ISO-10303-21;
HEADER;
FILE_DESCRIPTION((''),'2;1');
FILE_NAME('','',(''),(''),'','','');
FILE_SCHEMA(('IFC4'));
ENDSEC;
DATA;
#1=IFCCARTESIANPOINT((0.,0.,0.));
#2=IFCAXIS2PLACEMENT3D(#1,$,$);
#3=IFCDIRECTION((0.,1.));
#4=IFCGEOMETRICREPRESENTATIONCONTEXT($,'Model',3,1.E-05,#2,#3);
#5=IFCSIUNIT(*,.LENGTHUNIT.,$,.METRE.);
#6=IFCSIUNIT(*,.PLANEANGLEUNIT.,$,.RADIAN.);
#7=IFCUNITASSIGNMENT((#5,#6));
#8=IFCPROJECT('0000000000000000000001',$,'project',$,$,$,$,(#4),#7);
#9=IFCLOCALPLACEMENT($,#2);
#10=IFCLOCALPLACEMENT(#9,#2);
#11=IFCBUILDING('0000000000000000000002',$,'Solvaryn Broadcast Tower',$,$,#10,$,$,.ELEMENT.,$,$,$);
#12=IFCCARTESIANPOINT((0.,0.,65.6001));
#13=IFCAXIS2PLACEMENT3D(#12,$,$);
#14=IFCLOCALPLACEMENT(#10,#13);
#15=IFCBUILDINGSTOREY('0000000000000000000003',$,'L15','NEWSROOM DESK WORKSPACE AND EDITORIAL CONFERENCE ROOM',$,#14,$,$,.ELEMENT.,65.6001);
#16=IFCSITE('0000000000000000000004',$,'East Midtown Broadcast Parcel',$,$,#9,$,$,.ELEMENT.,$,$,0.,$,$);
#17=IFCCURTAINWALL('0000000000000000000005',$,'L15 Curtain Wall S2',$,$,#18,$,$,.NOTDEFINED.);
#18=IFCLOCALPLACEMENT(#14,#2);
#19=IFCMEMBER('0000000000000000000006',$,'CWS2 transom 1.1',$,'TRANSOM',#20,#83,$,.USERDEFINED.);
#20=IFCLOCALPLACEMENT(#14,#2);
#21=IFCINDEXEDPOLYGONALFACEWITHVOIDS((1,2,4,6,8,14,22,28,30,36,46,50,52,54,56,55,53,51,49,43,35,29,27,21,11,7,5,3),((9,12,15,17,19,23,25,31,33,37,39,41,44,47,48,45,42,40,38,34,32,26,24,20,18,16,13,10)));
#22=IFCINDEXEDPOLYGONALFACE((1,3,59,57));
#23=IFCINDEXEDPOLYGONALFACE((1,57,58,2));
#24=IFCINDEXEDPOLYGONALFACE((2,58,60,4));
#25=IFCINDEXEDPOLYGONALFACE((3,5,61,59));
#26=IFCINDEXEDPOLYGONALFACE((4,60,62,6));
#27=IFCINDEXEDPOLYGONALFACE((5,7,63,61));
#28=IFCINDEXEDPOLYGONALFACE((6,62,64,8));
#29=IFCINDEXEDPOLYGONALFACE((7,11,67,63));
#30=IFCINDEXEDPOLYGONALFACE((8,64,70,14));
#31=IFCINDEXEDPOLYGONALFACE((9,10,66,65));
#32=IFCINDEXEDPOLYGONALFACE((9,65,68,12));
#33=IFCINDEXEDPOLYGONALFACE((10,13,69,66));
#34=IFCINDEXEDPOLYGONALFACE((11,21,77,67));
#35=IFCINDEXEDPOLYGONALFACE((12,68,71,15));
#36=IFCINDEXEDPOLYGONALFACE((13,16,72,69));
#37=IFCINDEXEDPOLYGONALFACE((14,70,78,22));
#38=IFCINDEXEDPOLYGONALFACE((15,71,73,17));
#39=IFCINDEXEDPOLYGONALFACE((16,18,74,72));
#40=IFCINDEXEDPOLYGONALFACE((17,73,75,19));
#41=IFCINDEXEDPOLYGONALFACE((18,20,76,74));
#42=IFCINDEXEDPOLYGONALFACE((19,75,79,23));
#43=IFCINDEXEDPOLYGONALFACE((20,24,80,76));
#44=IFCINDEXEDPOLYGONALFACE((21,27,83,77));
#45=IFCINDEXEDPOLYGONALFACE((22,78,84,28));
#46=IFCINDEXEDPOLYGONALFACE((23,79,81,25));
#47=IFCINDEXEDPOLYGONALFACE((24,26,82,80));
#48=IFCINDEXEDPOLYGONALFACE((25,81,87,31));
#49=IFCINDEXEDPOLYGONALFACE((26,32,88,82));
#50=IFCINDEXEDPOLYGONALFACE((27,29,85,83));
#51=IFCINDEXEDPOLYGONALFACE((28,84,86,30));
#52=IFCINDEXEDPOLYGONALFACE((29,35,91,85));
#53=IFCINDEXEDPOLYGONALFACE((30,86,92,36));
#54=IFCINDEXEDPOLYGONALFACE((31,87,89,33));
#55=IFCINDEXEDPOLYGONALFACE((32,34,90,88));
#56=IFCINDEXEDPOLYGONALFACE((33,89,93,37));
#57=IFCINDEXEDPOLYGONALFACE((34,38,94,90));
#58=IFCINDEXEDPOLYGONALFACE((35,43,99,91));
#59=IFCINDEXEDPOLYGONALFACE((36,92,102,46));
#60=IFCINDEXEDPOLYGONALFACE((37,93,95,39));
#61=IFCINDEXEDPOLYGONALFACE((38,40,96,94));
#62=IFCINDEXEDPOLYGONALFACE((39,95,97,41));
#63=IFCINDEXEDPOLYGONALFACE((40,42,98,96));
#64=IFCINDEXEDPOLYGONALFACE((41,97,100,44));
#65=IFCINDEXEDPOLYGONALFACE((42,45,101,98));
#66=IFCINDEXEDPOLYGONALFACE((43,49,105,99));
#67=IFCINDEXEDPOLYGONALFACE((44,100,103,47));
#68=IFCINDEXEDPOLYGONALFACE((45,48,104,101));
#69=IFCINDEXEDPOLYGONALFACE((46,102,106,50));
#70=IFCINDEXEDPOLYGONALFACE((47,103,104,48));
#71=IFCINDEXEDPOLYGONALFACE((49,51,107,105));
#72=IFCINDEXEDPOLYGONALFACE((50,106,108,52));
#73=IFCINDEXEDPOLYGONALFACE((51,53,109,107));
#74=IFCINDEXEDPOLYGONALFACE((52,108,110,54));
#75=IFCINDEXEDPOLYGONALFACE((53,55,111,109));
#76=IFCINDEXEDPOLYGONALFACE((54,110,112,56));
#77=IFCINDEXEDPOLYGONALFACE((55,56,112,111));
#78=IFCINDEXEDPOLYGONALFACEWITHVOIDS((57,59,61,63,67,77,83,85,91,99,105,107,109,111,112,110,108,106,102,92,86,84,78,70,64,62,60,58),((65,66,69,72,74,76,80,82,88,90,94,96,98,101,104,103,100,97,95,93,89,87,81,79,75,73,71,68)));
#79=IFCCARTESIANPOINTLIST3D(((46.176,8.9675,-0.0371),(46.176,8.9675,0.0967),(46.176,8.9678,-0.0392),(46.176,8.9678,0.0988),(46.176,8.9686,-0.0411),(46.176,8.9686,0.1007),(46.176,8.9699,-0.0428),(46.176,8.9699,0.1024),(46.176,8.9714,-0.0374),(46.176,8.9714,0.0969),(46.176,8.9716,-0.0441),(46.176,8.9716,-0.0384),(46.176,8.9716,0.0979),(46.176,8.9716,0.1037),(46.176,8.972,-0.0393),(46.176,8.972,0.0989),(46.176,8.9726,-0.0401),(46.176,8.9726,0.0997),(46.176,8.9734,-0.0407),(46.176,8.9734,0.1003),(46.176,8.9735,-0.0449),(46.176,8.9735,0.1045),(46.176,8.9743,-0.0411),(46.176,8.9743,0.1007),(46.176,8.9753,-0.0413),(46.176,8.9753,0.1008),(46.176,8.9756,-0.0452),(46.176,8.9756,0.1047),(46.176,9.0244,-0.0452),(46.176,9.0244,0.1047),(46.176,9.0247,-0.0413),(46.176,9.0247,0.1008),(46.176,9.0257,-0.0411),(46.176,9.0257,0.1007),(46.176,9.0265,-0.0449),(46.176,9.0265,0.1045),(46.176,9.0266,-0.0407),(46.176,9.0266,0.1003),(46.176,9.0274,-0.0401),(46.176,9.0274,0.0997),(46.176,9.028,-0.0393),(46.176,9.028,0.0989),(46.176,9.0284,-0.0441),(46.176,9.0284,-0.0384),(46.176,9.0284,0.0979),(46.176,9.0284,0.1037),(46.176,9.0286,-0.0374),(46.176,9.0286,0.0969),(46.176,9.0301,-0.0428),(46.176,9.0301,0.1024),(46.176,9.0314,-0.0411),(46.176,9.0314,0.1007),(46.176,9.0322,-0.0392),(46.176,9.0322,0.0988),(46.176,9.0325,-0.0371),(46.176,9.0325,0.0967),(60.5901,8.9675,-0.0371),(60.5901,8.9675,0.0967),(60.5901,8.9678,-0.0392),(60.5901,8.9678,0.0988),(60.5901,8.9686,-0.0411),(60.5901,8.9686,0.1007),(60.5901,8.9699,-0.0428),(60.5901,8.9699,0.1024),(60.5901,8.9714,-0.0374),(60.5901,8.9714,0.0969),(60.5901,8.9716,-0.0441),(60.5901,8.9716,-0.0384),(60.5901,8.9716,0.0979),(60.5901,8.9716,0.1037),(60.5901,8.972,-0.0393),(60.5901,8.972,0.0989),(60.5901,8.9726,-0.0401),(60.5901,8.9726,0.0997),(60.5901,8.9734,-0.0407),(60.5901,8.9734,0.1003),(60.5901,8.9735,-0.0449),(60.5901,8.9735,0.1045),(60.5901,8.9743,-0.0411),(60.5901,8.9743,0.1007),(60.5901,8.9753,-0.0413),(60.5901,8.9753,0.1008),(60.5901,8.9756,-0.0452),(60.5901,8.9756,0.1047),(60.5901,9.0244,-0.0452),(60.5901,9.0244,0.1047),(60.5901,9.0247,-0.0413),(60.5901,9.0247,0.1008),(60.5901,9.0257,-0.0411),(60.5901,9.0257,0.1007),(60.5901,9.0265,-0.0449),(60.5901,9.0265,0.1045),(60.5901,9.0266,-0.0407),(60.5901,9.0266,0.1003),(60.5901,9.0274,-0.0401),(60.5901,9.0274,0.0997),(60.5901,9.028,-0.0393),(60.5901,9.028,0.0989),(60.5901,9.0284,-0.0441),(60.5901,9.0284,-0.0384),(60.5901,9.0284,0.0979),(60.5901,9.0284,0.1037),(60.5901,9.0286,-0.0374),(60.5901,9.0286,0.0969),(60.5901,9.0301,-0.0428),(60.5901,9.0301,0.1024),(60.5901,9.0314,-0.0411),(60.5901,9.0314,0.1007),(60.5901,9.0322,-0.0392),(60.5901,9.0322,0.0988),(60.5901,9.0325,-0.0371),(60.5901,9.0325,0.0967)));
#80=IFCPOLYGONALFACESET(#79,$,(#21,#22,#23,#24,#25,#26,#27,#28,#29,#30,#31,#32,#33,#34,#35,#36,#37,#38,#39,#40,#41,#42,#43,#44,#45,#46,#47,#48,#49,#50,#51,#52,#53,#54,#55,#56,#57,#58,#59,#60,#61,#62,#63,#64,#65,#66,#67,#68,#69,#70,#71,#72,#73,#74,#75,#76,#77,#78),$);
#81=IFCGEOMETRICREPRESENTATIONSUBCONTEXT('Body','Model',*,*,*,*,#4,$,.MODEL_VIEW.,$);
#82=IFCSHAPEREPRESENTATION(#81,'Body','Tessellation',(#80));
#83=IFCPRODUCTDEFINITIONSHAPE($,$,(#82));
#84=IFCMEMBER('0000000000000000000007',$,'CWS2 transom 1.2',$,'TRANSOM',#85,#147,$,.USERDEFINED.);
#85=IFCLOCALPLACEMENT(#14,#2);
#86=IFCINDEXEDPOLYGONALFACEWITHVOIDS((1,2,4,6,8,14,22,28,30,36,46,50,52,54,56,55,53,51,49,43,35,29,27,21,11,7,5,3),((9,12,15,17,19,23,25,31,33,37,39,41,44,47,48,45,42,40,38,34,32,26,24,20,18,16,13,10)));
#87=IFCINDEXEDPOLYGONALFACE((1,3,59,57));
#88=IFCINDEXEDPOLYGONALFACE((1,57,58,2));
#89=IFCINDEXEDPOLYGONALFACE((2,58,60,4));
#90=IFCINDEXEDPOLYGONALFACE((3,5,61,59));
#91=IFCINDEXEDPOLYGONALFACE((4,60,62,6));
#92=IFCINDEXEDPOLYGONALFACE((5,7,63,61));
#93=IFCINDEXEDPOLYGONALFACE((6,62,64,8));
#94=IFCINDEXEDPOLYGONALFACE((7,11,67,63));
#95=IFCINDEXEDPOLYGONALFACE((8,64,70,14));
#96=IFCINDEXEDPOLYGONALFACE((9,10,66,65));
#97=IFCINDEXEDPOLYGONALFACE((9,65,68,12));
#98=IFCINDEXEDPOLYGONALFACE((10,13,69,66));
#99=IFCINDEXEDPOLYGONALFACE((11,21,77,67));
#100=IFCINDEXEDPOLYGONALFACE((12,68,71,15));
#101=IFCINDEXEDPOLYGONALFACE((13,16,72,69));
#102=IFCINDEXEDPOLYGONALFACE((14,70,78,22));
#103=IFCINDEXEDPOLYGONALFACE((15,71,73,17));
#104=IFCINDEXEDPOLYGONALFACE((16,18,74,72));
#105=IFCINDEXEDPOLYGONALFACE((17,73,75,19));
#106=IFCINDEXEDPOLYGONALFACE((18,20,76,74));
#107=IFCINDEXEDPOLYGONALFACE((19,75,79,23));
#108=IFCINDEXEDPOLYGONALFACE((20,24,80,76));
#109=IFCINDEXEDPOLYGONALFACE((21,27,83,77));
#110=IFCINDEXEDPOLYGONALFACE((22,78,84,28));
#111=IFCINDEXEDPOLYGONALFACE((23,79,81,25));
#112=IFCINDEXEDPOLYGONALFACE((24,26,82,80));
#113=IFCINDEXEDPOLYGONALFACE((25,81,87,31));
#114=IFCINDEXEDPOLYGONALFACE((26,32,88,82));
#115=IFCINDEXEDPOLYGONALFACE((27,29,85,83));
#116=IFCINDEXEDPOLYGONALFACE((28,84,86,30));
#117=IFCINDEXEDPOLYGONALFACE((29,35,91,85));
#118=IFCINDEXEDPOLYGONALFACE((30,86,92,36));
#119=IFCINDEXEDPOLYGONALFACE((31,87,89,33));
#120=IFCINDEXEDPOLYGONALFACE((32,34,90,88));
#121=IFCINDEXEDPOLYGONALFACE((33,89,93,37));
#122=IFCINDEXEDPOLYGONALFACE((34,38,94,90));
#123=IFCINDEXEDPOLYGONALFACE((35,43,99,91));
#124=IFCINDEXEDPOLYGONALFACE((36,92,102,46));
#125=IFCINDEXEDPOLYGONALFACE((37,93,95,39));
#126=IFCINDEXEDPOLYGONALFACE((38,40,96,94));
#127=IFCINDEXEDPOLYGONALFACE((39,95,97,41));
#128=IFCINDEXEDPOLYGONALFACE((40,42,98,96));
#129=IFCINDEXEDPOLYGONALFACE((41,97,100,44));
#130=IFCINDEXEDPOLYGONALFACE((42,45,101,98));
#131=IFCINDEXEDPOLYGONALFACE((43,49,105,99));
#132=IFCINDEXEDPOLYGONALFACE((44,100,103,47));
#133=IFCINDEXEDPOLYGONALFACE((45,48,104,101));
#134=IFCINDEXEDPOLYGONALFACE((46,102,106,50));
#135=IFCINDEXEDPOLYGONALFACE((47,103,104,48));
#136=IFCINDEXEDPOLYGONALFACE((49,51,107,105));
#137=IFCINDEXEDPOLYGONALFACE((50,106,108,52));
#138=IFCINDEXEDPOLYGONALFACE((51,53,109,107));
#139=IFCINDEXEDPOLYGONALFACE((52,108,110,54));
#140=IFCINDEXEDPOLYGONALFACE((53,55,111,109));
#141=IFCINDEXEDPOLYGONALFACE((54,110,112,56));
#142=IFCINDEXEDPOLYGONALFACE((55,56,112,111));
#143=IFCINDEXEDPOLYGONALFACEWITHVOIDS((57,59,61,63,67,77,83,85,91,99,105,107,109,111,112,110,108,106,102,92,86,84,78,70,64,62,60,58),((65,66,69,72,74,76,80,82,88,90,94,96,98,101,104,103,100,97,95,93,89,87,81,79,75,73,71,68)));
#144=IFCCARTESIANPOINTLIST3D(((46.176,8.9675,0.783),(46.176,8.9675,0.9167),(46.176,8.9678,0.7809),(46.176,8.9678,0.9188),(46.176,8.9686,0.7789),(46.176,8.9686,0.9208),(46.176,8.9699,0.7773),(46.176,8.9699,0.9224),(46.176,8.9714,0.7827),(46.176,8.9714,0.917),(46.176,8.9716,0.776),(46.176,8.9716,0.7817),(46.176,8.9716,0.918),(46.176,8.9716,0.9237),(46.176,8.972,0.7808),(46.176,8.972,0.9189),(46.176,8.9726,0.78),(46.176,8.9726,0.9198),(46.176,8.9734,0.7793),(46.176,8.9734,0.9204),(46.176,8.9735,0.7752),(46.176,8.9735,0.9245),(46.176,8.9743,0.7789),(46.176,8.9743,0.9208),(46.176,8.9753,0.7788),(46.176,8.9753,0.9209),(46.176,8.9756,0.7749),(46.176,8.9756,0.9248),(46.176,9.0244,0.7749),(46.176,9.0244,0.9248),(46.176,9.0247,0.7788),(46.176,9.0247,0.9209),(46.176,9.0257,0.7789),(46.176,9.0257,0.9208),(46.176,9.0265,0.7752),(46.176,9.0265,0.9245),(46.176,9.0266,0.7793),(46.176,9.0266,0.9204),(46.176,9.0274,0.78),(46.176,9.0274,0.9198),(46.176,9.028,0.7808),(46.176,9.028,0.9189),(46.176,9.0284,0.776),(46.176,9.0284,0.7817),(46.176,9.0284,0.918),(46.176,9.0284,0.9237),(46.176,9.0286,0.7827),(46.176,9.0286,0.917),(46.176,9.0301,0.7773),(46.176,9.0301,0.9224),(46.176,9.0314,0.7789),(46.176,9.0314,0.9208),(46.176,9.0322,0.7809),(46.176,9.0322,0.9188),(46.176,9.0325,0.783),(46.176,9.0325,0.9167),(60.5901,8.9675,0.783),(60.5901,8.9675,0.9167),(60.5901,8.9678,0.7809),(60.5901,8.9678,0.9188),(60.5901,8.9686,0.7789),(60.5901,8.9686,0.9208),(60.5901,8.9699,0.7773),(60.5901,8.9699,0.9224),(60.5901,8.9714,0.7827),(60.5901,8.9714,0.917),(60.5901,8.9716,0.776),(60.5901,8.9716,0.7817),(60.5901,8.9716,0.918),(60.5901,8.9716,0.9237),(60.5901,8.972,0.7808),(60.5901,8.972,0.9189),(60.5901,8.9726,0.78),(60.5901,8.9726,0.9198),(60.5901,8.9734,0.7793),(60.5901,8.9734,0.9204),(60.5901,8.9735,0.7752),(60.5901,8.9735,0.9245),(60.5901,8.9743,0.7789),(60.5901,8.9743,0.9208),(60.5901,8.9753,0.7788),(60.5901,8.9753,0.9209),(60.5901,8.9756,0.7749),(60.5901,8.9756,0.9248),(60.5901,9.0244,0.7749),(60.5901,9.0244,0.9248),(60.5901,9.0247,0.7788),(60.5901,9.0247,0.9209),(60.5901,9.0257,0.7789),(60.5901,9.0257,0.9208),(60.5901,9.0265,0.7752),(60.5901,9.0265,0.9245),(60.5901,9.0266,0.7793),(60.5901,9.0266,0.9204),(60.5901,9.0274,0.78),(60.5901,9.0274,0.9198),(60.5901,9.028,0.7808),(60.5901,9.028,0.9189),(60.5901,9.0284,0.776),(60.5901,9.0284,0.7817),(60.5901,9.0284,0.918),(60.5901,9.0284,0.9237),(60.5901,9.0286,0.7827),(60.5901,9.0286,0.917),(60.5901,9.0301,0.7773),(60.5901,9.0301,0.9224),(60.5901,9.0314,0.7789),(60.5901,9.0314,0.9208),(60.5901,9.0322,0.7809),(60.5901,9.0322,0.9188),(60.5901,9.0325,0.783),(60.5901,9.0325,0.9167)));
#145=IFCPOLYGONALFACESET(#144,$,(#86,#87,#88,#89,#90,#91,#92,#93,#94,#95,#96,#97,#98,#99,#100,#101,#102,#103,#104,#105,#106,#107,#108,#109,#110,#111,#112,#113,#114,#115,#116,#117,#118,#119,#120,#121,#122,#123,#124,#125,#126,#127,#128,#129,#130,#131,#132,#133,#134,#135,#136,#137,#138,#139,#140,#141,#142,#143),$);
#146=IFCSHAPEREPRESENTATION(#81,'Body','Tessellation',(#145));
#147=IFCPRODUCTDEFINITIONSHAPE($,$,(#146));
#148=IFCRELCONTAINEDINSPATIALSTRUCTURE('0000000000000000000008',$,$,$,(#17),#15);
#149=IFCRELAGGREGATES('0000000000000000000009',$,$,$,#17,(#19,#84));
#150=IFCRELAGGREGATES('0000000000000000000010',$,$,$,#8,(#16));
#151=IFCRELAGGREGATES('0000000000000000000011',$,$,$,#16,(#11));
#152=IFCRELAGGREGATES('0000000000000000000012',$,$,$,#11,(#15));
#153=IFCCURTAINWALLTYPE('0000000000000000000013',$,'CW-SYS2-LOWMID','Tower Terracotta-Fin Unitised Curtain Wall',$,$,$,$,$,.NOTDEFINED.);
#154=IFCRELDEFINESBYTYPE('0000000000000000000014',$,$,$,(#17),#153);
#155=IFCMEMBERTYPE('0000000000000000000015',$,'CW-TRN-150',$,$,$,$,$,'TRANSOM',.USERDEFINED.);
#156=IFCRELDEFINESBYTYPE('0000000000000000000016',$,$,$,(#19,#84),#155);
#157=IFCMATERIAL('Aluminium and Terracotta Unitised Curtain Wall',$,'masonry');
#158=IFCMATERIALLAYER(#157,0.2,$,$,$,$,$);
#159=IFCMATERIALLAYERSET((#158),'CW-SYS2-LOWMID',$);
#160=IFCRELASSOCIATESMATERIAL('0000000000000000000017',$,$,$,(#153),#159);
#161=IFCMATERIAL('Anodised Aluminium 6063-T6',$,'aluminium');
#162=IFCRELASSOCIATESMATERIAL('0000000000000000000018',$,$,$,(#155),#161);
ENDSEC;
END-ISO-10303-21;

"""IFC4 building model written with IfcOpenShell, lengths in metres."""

from ifc_helpers import new_model, si_unit, direction, frame, origin, origin_2d, place, context, subcontext, project, spatial, hollow_rectangle, extrude, material, layer, layer_set, material_profile, profile_set, type_object, element, aggregate, save


model = new_model("IFC4")

# Units and contexts
model_context = context("Model", 3, precision=1e-05, world=origin(), true_north=direction((0.0, 1.0)))
body_context = subcontext(model_context, "Body", "Model", "MODEL_VIEW")
ifc_project = project(units=[si_unit("LENGTHUNIT", "METRE"), si_unit("PLANEANGLEUNIT", "RADIAN")], contexts=[model_context])

# Site, building, storey
site_placement = place(None, origin())
site = spatial("IfcSite", under=ifc_project, at=site_placement, Name="East Midtown Broadcast Parcel", CompositionType="ELEMENT", RefElevation=0.0)
building_placement = place(site_placement, origin())
building = spatial("IfcBuilding", under=site, at=building_placement, Name="Solvaryn Broadcast Tower", CompositionType="ELEMENT")
storey_placement = place(building_placement, frame((0.0, 0.0, 65.6001)))
storey = spatial("IfcBuildingStorey", under=building, at=storey_placement, Name="L15", Description="NEWSROOM DESK WORKSPACE AND EDITORIAL CONFERENCE ROOM", CompositionType="ELEMENT", Elevation=65.6001)

# Shared definitions
ifc_material_1 = material(Name="Aluminium and Terracotta Unitised Curtain Wall", Category="masonry")
ifc_layer_1 = layer(ifc_material_1, 0.2)
ifc_layer_set_1 = layer_set([ifc_layer_1], Name="CW-SYS2-LOWMID")
curtain_wall_type = type_object("IfcCurtainWallType", Name="CW-SYS2-LOWMID", Description="Tower Terracotta-Fin Unitised Curtain Wall", PredefinedType="NOTDEFINED", material=ifc_layer_set_1)

# Curtain wall, members
curtain_wall_1_placement = place(storey_placement, origin())
curtain_wall_1 = element("IfcCurtainWall", 1, at=curtain_wall_1_placement, inside=storey, type_object=curtain_wall_type, Name="L15 Curtain Wall S2", PredefinedType="NOTDEFINED")
ifc_material_2 = material(Name="Anodised Aluminium 6063-T6", Category="aluminium")
ifc_material_profile_1 = material_profile(ifc_material_2, hollow_rectangle(XDim=0.0649, YDim=0.1499, WallThickness=0.0039, InnerFilletRadius=0.0039, OuterFilletRadius=0.0081, at=origin_2d()))
ifc_profile_set_1 = profile_set([ifc_material_profile_1], Name="Anodised Aluminium 6063-T6")
member_type_1 = type_object("IfcMemberType", Name="CW-TRN-150", ElementType="TRANSOM", PredefinedType="USERDEFINED", material=ifc_profile_set_1)
member_1_placement = place(storey_placement, frame((46.176, 9.0, 0.0298), z_axis=(1.0, 0.0, 0.0), x_axis=(0.0, 1.0, 0.0)))
member_1 = element("IfcMember", 2, at=member_1_placement, type_object=member_type_1, Name="CWS2 transom 1.1", ObjectType="TRANSOM", PredefinedType="USERDEFINED", context=body_context, shape_type="SweptSolid", body=[
    extrude(hollow_rectangle(XDim=0.0649, YDim=0.1499, WallThickness=0.0039, InnerFilletRadius=0.0039, OuterFilletRadius=0.0081, at=origin_2d()), origin(), (0.0, 0.0, 1.0), 14.4141),
])
member_2_placement = place(storey_placement, frame((46.176, 9.0, 0.8499), z_axis=(1.0, 0.0, 0.0), x_axis=(0.0, 1.0, 0.0)))
member_2 = element("IfcMember", 3, at=member_2_placement, type_object=member_type_1, Name="CWS2 transom 1.2", ObjectType="TRANSOM", PredefinedType="USERDEFINED", context=body_context, shape_type="SweptSolid", body=[
    extrude(hollow_rectangle(XDim=0.0649, YDim=0.1499, WallThickness=0.0039, InnerFilletRadius=0.0039, OuterFilletRadius=0.0081, at=origin_2d()), origin(), (0.0, 0.0, 1.0), 14.4141),
])
aggregate(curtain_wall_1, [member_1, member_2])

save(model, "model.ifc")
